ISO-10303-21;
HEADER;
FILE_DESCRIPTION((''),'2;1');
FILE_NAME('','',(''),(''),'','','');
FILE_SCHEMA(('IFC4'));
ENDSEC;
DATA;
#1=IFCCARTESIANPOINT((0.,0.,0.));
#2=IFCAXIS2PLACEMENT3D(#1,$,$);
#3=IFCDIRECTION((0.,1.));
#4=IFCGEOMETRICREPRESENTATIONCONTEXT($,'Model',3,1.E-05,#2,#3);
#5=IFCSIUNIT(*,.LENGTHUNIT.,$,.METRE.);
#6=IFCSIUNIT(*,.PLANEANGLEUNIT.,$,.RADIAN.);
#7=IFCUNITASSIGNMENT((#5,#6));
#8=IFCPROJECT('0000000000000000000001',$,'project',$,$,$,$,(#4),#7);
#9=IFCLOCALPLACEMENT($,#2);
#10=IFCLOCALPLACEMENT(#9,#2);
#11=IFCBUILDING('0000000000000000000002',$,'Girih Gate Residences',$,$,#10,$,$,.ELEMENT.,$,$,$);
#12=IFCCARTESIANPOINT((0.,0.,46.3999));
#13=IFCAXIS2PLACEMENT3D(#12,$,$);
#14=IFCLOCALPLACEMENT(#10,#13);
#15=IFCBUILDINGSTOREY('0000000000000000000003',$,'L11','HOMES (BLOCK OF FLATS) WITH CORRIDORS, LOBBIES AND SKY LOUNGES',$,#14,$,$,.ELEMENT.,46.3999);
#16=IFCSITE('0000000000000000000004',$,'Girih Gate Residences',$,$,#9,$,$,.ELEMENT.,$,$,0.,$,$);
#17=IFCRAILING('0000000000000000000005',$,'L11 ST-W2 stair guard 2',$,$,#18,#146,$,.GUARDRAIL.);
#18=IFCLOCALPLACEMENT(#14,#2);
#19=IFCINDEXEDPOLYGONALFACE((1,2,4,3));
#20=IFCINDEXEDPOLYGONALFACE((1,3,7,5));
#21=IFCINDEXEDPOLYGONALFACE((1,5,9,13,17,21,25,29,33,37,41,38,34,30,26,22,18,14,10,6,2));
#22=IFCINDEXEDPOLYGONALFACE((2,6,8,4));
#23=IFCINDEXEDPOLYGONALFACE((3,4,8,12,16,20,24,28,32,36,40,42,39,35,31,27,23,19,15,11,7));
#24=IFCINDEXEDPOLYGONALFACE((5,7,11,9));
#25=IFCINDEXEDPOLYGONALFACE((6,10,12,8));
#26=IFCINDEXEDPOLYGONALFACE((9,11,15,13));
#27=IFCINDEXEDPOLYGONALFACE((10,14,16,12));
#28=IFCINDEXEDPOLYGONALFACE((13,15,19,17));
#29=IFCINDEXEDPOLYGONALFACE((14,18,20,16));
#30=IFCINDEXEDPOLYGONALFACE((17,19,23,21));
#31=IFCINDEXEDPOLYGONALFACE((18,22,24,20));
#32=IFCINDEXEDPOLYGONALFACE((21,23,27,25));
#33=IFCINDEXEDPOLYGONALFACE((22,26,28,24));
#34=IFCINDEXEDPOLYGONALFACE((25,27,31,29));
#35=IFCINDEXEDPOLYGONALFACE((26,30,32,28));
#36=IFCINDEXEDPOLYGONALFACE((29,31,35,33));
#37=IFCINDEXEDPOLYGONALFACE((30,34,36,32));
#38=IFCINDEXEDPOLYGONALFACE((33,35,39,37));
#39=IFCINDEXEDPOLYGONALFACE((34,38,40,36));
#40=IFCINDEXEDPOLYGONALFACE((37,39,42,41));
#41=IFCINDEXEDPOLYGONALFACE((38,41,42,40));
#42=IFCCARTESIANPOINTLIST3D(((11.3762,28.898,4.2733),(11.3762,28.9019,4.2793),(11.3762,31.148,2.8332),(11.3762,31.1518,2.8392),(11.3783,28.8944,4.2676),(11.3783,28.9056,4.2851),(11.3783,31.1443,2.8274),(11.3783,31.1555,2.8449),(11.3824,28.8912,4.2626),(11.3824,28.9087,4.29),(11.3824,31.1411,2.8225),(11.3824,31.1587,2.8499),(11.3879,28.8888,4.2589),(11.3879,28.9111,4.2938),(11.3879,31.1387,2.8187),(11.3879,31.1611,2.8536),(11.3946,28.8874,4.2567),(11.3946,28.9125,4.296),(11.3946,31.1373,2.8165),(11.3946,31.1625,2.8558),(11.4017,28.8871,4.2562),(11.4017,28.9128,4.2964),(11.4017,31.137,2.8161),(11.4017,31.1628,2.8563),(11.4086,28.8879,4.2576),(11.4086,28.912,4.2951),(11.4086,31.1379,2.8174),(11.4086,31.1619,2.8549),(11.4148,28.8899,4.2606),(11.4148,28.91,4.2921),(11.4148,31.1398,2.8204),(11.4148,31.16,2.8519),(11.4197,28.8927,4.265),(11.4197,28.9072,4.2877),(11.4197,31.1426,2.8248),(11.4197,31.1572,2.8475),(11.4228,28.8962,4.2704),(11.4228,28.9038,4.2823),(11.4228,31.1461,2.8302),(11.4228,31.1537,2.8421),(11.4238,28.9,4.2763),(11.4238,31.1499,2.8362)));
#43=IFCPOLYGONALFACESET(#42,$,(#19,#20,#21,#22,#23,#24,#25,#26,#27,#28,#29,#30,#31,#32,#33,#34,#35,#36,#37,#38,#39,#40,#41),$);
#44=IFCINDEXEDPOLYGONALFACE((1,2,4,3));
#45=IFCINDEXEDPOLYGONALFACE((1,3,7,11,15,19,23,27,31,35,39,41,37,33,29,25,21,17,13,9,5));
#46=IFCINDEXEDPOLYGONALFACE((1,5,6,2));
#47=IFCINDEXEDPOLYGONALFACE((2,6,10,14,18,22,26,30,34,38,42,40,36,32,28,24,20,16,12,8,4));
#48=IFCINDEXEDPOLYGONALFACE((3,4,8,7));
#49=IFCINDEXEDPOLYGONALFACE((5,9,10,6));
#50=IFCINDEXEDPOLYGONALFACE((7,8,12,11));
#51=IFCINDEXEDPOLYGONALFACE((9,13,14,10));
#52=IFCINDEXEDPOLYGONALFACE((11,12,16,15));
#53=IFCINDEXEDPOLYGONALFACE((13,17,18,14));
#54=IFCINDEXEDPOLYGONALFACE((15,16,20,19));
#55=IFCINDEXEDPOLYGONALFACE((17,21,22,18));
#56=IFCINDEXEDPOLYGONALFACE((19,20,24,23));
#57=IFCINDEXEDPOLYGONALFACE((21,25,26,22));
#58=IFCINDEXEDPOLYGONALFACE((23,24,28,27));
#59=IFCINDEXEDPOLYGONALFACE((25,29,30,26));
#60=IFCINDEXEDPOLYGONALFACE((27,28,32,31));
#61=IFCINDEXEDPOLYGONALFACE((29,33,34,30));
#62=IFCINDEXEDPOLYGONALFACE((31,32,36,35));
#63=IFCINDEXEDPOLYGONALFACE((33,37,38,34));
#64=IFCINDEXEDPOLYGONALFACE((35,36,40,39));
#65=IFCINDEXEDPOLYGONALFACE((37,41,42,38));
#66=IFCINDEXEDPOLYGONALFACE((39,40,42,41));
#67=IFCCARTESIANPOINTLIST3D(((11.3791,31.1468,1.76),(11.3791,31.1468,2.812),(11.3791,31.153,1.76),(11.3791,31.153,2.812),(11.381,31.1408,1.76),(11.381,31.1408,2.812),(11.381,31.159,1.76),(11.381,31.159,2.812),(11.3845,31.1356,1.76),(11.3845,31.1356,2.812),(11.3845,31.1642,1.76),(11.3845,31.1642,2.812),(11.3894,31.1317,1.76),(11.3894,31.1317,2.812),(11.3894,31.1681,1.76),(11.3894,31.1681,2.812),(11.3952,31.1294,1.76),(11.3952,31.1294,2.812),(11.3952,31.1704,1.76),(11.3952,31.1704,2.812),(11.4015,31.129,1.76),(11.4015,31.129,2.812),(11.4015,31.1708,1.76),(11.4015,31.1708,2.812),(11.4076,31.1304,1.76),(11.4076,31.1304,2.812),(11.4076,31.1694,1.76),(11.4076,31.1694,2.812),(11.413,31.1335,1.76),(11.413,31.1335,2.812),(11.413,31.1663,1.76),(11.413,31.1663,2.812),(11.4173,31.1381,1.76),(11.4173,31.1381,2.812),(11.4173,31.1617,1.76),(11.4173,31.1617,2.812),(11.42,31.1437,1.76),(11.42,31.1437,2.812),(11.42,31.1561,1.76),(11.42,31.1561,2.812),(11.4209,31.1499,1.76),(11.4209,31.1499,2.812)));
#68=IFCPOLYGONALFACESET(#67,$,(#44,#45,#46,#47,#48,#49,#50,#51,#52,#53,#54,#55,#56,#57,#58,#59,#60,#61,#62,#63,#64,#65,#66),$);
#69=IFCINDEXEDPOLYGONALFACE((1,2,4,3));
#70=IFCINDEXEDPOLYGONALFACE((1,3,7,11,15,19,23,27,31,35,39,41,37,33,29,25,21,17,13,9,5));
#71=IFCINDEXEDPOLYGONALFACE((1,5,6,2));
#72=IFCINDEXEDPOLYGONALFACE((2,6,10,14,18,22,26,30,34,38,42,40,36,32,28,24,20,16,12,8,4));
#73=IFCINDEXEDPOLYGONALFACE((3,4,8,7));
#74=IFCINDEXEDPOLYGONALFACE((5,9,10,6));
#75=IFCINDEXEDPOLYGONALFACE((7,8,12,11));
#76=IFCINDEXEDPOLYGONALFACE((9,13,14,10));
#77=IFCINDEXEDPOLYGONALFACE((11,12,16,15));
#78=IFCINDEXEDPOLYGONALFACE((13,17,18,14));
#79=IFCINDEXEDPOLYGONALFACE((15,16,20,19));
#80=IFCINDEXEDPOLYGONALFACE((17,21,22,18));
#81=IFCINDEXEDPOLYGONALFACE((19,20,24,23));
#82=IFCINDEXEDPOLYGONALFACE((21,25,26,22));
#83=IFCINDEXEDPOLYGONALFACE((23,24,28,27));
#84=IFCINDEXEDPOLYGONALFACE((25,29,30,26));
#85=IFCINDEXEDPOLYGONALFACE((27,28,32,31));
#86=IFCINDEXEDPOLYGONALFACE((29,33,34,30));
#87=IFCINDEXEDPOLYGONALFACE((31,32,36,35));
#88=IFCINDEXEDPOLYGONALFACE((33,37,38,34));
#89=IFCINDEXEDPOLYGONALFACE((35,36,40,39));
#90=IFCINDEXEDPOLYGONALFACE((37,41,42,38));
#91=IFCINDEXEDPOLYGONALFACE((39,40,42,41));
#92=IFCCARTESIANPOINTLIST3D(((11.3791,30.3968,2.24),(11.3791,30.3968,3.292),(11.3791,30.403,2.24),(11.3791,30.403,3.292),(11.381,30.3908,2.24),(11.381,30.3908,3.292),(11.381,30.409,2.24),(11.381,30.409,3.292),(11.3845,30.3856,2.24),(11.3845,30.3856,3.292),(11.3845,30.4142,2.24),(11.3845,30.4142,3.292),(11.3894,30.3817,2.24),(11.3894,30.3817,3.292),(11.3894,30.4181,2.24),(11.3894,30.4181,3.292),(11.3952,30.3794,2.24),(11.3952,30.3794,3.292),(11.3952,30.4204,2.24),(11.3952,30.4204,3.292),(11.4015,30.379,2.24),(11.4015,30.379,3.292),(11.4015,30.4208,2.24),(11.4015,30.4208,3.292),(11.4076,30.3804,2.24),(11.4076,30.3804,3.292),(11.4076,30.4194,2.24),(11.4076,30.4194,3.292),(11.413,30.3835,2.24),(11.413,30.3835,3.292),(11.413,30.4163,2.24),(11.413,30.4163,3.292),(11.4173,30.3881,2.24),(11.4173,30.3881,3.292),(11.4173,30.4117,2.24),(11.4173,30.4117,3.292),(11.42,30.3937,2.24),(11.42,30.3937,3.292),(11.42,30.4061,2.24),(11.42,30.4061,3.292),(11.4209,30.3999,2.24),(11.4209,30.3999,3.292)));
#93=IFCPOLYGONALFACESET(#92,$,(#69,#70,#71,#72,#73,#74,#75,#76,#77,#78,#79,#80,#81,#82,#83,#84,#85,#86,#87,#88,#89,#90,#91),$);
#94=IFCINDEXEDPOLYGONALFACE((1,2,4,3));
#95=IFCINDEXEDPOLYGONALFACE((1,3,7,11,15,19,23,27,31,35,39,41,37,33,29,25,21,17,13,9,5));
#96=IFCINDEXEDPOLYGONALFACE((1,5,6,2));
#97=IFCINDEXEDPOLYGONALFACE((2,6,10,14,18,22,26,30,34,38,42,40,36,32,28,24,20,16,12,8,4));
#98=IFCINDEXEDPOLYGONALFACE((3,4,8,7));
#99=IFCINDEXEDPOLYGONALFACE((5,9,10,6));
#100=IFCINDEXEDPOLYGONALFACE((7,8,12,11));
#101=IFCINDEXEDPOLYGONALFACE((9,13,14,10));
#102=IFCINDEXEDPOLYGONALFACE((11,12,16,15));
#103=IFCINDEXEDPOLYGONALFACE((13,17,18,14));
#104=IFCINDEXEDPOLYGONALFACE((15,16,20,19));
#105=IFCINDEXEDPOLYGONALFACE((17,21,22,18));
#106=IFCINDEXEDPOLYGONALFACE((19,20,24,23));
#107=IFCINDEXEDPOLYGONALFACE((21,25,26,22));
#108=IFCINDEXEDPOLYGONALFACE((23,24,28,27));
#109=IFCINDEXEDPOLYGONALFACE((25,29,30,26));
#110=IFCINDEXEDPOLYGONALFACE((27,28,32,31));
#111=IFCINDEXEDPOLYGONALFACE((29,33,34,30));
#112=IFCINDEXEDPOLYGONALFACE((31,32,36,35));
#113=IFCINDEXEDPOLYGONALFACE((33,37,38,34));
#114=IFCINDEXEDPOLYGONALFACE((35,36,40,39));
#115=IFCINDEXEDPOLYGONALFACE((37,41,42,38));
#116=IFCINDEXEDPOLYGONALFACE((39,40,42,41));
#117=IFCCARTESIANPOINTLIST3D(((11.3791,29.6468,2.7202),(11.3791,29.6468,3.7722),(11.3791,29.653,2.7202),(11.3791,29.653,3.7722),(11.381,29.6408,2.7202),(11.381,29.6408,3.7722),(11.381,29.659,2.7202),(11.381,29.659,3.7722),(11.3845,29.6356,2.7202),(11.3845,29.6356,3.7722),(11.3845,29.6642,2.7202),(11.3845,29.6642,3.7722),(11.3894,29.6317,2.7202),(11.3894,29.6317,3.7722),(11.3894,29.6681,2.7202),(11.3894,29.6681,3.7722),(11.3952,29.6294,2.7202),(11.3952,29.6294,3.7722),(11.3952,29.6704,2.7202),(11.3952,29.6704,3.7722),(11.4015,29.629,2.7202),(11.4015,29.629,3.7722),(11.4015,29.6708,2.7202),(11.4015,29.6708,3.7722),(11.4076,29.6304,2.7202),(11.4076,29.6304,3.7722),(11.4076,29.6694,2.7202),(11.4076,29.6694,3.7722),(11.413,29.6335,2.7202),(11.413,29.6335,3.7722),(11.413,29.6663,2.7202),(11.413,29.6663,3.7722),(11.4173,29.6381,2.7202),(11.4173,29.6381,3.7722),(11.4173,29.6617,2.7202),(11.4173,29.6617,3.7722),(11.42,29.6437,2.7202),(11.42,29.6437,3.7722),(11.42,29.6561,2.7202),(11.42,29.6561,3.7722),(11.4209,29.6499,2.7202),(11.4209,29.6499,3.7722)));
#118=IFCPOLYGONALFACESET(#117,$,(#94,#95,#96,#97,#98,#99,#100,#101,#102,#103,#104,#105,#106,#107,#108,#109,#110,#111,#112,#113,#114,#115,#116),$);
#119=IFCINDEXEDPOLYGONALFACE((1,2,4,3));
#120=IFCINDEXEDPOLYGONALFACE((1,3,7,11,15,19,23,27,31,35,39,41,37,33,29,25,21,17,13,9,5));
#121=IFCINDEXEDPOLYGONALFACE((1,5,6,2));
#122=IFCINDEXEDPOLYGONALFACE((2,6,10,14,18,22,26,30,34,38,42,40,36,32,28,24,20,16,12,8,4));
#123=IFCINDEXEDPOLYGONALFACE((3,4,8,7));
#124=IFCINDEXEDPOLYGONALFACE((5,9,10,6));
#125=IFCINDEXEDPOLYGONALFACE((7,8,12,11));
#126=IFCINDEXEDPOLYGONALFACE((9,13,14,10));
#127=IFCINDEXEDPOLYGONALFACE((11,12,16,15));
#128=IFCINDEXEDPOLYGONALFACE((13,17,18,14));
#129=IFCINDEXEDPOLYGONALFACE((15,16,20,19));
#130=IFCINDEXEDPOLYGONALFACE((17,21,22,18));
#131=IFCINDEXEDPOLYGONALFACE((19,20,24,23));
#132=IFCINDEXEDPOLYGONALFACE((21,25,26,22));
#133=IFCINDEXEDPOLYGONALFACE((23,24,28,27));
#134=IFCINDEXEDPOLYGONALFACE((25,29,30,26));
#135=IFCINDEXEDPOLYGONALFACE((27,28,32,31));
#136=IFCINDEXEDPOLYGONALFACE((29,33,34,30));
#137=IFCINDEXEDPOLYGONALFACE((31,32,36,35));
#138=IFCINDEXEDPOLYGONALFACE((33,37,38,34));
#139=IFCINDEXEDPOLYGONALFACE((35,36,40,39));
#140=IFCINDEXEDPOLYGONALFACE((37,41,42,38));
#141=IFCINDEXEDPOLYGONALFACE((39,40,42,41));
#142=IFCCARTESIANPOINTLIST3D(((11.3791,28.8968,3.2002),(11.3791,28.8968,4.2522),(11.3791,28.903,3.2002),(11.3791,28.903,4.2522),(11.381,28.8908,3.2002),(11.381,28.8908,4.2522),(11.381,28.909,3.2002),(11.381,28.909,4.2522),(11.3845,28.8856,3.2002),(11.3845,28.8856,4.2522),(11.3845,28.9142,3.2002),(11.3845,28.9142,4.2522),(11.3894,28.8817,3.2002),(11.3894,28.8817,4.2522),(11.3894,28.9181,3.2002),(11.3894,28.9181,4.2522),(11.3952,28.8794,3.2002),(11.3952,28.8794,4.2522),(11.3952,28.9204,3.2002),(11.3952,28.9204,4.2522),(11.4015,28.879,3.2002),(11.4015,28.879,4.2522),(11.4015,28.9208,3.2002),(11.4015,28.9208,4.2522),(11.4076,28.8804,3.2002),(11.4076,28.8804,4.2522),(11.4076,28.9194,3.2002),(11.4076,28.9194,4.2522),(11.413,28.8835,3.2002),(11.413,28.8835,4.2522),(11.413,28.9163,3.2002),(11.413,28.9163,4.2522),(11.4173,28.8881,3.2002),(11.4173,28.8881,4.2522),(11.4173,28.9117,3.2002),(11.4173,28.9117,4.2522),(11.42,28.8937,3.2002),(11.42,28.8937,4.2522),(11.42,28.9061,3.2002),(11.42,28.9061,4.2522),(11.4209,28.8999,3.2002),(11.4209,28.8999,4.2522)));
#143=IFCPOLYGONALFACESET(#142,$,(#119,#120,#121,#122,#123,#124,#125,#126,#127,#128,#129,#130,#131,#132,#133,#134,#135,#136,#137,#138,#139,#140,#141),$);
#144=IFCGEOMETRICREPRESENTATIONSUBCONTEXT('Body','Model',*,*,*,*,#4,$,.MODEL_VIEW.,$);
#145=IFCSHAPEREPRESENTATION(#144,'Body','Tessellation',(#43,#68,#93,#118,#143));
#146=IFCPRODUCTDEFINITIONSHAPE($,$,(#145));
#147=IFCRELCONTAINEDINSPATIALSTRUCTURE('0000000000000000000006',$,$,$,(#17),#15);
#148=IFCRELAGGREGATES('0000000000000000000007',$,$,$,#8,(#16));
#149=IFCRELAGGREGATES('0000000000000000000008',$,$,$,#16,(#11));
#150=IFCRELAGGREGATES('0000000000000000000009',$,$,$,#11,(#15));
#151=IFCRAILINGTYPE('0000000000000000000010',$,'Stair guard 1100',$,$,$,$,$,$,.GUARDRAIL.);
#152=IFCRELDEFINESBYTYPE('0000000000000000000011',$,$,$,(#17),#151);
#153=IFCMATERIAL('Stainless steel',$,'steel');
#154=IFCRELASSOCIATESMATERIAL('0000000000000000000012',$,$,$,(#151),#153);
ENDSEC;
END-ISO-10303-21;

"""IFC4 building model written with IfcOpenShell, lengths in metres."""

from ifc_helpers import new_model, si_unit, direction, frame, origin, origin_2d, place, context, subcontext, project, spatial, circle, extrude, material, type_object, element, save


model = new_model("IFC4")

# Units and contexts
model_context = context("Model", 3, precision=1e-05, world=origin(), true_north=direction((0.0, 1.0)))
body_context = subcontext(model_context, "Body", "Model", "MODEL_VIEW")
ifc_project = project(units=[si_unit("LENGTHUNIT", "METRE"), si_unit("PLANEANGLEUNIT", "RADIAN")], contexts=[model_context])

# Site, building, storey
site_placement = place(None, origin())
site = spatial("IfcSite", under=ifc_project, at=site_placement, Name="Girih Gate Residences", CompositionType="ELEMENT", RefElevation=0.0)
building_placement = place(site_placement, origin())
building = spatial("IfcBuilding", under=site, at=building_placement, Name="Girih Gate Residences", CompositionType="ELEMENT")
storey_placement = place(building_placement, frame((0.0, 0.0, 46.3999)))
storey = spatial("IfcBuildingStorey", under=building, at=storey_placement, Name="L11", Description="HOMES (BLOCK OF FLATS) WITH CORRIDORS, LOBBIES AND SKY LOUNGES", CompositionType="ELEMENT", Elevation=46.3999)

# Railing
ifc_material_1 = material(Name="Stainless steel", Category="steel")
railing_type_1 = type_object("IfcRailingType", Name="Stair guard 1100", PredefinedType="GUARDRAIL", material=ifc_material_1)
railing_1_placement = place(storey_placement, frame((11.3999, 31.1499, 1.76)))
element("IfcRailing", 1, at=railing_1_placement, inside=storey, type_object=railing_type_1, Name="L11 ST-W2 stair guard 2", PredefinedType="GUARDRAIL", context=body_context, shape_type="SweptSolid", body=[
    extrude(circle(Radius=0.0239, at=origin_2d()), frame((0.0, 0.0, 1.0762), z_axis=(0.0, -0.84224, 0.539103), x_axis=(1.0, 0.0, 0.0)), (0.0, 0.0, 1.0), 2.6714),
    extrude(circle(Radius=0.021, at=origin_2d()), origin(), (0.0, 0.0, 1.0), 1.052),
    extrude(circle(Radius=0.021, at=origin_2d()), frame((0.0, -0.75, 0.48)), (0.0, 0.0, 1.0), 1.052),
    extrude(circle(Radius=0.021, at=origin_2d()), frame((0.0, -1.5, 0.9602)), (0.0, 0.0, 1.0), 1.052),
    extrude(circle(Radius=0.021, at=origin_2d()), frame((0.0, -2.25, 1.4402)), (0.0, 0.0, 1.0), 1.052),
])

save(model, "model.ifc")
